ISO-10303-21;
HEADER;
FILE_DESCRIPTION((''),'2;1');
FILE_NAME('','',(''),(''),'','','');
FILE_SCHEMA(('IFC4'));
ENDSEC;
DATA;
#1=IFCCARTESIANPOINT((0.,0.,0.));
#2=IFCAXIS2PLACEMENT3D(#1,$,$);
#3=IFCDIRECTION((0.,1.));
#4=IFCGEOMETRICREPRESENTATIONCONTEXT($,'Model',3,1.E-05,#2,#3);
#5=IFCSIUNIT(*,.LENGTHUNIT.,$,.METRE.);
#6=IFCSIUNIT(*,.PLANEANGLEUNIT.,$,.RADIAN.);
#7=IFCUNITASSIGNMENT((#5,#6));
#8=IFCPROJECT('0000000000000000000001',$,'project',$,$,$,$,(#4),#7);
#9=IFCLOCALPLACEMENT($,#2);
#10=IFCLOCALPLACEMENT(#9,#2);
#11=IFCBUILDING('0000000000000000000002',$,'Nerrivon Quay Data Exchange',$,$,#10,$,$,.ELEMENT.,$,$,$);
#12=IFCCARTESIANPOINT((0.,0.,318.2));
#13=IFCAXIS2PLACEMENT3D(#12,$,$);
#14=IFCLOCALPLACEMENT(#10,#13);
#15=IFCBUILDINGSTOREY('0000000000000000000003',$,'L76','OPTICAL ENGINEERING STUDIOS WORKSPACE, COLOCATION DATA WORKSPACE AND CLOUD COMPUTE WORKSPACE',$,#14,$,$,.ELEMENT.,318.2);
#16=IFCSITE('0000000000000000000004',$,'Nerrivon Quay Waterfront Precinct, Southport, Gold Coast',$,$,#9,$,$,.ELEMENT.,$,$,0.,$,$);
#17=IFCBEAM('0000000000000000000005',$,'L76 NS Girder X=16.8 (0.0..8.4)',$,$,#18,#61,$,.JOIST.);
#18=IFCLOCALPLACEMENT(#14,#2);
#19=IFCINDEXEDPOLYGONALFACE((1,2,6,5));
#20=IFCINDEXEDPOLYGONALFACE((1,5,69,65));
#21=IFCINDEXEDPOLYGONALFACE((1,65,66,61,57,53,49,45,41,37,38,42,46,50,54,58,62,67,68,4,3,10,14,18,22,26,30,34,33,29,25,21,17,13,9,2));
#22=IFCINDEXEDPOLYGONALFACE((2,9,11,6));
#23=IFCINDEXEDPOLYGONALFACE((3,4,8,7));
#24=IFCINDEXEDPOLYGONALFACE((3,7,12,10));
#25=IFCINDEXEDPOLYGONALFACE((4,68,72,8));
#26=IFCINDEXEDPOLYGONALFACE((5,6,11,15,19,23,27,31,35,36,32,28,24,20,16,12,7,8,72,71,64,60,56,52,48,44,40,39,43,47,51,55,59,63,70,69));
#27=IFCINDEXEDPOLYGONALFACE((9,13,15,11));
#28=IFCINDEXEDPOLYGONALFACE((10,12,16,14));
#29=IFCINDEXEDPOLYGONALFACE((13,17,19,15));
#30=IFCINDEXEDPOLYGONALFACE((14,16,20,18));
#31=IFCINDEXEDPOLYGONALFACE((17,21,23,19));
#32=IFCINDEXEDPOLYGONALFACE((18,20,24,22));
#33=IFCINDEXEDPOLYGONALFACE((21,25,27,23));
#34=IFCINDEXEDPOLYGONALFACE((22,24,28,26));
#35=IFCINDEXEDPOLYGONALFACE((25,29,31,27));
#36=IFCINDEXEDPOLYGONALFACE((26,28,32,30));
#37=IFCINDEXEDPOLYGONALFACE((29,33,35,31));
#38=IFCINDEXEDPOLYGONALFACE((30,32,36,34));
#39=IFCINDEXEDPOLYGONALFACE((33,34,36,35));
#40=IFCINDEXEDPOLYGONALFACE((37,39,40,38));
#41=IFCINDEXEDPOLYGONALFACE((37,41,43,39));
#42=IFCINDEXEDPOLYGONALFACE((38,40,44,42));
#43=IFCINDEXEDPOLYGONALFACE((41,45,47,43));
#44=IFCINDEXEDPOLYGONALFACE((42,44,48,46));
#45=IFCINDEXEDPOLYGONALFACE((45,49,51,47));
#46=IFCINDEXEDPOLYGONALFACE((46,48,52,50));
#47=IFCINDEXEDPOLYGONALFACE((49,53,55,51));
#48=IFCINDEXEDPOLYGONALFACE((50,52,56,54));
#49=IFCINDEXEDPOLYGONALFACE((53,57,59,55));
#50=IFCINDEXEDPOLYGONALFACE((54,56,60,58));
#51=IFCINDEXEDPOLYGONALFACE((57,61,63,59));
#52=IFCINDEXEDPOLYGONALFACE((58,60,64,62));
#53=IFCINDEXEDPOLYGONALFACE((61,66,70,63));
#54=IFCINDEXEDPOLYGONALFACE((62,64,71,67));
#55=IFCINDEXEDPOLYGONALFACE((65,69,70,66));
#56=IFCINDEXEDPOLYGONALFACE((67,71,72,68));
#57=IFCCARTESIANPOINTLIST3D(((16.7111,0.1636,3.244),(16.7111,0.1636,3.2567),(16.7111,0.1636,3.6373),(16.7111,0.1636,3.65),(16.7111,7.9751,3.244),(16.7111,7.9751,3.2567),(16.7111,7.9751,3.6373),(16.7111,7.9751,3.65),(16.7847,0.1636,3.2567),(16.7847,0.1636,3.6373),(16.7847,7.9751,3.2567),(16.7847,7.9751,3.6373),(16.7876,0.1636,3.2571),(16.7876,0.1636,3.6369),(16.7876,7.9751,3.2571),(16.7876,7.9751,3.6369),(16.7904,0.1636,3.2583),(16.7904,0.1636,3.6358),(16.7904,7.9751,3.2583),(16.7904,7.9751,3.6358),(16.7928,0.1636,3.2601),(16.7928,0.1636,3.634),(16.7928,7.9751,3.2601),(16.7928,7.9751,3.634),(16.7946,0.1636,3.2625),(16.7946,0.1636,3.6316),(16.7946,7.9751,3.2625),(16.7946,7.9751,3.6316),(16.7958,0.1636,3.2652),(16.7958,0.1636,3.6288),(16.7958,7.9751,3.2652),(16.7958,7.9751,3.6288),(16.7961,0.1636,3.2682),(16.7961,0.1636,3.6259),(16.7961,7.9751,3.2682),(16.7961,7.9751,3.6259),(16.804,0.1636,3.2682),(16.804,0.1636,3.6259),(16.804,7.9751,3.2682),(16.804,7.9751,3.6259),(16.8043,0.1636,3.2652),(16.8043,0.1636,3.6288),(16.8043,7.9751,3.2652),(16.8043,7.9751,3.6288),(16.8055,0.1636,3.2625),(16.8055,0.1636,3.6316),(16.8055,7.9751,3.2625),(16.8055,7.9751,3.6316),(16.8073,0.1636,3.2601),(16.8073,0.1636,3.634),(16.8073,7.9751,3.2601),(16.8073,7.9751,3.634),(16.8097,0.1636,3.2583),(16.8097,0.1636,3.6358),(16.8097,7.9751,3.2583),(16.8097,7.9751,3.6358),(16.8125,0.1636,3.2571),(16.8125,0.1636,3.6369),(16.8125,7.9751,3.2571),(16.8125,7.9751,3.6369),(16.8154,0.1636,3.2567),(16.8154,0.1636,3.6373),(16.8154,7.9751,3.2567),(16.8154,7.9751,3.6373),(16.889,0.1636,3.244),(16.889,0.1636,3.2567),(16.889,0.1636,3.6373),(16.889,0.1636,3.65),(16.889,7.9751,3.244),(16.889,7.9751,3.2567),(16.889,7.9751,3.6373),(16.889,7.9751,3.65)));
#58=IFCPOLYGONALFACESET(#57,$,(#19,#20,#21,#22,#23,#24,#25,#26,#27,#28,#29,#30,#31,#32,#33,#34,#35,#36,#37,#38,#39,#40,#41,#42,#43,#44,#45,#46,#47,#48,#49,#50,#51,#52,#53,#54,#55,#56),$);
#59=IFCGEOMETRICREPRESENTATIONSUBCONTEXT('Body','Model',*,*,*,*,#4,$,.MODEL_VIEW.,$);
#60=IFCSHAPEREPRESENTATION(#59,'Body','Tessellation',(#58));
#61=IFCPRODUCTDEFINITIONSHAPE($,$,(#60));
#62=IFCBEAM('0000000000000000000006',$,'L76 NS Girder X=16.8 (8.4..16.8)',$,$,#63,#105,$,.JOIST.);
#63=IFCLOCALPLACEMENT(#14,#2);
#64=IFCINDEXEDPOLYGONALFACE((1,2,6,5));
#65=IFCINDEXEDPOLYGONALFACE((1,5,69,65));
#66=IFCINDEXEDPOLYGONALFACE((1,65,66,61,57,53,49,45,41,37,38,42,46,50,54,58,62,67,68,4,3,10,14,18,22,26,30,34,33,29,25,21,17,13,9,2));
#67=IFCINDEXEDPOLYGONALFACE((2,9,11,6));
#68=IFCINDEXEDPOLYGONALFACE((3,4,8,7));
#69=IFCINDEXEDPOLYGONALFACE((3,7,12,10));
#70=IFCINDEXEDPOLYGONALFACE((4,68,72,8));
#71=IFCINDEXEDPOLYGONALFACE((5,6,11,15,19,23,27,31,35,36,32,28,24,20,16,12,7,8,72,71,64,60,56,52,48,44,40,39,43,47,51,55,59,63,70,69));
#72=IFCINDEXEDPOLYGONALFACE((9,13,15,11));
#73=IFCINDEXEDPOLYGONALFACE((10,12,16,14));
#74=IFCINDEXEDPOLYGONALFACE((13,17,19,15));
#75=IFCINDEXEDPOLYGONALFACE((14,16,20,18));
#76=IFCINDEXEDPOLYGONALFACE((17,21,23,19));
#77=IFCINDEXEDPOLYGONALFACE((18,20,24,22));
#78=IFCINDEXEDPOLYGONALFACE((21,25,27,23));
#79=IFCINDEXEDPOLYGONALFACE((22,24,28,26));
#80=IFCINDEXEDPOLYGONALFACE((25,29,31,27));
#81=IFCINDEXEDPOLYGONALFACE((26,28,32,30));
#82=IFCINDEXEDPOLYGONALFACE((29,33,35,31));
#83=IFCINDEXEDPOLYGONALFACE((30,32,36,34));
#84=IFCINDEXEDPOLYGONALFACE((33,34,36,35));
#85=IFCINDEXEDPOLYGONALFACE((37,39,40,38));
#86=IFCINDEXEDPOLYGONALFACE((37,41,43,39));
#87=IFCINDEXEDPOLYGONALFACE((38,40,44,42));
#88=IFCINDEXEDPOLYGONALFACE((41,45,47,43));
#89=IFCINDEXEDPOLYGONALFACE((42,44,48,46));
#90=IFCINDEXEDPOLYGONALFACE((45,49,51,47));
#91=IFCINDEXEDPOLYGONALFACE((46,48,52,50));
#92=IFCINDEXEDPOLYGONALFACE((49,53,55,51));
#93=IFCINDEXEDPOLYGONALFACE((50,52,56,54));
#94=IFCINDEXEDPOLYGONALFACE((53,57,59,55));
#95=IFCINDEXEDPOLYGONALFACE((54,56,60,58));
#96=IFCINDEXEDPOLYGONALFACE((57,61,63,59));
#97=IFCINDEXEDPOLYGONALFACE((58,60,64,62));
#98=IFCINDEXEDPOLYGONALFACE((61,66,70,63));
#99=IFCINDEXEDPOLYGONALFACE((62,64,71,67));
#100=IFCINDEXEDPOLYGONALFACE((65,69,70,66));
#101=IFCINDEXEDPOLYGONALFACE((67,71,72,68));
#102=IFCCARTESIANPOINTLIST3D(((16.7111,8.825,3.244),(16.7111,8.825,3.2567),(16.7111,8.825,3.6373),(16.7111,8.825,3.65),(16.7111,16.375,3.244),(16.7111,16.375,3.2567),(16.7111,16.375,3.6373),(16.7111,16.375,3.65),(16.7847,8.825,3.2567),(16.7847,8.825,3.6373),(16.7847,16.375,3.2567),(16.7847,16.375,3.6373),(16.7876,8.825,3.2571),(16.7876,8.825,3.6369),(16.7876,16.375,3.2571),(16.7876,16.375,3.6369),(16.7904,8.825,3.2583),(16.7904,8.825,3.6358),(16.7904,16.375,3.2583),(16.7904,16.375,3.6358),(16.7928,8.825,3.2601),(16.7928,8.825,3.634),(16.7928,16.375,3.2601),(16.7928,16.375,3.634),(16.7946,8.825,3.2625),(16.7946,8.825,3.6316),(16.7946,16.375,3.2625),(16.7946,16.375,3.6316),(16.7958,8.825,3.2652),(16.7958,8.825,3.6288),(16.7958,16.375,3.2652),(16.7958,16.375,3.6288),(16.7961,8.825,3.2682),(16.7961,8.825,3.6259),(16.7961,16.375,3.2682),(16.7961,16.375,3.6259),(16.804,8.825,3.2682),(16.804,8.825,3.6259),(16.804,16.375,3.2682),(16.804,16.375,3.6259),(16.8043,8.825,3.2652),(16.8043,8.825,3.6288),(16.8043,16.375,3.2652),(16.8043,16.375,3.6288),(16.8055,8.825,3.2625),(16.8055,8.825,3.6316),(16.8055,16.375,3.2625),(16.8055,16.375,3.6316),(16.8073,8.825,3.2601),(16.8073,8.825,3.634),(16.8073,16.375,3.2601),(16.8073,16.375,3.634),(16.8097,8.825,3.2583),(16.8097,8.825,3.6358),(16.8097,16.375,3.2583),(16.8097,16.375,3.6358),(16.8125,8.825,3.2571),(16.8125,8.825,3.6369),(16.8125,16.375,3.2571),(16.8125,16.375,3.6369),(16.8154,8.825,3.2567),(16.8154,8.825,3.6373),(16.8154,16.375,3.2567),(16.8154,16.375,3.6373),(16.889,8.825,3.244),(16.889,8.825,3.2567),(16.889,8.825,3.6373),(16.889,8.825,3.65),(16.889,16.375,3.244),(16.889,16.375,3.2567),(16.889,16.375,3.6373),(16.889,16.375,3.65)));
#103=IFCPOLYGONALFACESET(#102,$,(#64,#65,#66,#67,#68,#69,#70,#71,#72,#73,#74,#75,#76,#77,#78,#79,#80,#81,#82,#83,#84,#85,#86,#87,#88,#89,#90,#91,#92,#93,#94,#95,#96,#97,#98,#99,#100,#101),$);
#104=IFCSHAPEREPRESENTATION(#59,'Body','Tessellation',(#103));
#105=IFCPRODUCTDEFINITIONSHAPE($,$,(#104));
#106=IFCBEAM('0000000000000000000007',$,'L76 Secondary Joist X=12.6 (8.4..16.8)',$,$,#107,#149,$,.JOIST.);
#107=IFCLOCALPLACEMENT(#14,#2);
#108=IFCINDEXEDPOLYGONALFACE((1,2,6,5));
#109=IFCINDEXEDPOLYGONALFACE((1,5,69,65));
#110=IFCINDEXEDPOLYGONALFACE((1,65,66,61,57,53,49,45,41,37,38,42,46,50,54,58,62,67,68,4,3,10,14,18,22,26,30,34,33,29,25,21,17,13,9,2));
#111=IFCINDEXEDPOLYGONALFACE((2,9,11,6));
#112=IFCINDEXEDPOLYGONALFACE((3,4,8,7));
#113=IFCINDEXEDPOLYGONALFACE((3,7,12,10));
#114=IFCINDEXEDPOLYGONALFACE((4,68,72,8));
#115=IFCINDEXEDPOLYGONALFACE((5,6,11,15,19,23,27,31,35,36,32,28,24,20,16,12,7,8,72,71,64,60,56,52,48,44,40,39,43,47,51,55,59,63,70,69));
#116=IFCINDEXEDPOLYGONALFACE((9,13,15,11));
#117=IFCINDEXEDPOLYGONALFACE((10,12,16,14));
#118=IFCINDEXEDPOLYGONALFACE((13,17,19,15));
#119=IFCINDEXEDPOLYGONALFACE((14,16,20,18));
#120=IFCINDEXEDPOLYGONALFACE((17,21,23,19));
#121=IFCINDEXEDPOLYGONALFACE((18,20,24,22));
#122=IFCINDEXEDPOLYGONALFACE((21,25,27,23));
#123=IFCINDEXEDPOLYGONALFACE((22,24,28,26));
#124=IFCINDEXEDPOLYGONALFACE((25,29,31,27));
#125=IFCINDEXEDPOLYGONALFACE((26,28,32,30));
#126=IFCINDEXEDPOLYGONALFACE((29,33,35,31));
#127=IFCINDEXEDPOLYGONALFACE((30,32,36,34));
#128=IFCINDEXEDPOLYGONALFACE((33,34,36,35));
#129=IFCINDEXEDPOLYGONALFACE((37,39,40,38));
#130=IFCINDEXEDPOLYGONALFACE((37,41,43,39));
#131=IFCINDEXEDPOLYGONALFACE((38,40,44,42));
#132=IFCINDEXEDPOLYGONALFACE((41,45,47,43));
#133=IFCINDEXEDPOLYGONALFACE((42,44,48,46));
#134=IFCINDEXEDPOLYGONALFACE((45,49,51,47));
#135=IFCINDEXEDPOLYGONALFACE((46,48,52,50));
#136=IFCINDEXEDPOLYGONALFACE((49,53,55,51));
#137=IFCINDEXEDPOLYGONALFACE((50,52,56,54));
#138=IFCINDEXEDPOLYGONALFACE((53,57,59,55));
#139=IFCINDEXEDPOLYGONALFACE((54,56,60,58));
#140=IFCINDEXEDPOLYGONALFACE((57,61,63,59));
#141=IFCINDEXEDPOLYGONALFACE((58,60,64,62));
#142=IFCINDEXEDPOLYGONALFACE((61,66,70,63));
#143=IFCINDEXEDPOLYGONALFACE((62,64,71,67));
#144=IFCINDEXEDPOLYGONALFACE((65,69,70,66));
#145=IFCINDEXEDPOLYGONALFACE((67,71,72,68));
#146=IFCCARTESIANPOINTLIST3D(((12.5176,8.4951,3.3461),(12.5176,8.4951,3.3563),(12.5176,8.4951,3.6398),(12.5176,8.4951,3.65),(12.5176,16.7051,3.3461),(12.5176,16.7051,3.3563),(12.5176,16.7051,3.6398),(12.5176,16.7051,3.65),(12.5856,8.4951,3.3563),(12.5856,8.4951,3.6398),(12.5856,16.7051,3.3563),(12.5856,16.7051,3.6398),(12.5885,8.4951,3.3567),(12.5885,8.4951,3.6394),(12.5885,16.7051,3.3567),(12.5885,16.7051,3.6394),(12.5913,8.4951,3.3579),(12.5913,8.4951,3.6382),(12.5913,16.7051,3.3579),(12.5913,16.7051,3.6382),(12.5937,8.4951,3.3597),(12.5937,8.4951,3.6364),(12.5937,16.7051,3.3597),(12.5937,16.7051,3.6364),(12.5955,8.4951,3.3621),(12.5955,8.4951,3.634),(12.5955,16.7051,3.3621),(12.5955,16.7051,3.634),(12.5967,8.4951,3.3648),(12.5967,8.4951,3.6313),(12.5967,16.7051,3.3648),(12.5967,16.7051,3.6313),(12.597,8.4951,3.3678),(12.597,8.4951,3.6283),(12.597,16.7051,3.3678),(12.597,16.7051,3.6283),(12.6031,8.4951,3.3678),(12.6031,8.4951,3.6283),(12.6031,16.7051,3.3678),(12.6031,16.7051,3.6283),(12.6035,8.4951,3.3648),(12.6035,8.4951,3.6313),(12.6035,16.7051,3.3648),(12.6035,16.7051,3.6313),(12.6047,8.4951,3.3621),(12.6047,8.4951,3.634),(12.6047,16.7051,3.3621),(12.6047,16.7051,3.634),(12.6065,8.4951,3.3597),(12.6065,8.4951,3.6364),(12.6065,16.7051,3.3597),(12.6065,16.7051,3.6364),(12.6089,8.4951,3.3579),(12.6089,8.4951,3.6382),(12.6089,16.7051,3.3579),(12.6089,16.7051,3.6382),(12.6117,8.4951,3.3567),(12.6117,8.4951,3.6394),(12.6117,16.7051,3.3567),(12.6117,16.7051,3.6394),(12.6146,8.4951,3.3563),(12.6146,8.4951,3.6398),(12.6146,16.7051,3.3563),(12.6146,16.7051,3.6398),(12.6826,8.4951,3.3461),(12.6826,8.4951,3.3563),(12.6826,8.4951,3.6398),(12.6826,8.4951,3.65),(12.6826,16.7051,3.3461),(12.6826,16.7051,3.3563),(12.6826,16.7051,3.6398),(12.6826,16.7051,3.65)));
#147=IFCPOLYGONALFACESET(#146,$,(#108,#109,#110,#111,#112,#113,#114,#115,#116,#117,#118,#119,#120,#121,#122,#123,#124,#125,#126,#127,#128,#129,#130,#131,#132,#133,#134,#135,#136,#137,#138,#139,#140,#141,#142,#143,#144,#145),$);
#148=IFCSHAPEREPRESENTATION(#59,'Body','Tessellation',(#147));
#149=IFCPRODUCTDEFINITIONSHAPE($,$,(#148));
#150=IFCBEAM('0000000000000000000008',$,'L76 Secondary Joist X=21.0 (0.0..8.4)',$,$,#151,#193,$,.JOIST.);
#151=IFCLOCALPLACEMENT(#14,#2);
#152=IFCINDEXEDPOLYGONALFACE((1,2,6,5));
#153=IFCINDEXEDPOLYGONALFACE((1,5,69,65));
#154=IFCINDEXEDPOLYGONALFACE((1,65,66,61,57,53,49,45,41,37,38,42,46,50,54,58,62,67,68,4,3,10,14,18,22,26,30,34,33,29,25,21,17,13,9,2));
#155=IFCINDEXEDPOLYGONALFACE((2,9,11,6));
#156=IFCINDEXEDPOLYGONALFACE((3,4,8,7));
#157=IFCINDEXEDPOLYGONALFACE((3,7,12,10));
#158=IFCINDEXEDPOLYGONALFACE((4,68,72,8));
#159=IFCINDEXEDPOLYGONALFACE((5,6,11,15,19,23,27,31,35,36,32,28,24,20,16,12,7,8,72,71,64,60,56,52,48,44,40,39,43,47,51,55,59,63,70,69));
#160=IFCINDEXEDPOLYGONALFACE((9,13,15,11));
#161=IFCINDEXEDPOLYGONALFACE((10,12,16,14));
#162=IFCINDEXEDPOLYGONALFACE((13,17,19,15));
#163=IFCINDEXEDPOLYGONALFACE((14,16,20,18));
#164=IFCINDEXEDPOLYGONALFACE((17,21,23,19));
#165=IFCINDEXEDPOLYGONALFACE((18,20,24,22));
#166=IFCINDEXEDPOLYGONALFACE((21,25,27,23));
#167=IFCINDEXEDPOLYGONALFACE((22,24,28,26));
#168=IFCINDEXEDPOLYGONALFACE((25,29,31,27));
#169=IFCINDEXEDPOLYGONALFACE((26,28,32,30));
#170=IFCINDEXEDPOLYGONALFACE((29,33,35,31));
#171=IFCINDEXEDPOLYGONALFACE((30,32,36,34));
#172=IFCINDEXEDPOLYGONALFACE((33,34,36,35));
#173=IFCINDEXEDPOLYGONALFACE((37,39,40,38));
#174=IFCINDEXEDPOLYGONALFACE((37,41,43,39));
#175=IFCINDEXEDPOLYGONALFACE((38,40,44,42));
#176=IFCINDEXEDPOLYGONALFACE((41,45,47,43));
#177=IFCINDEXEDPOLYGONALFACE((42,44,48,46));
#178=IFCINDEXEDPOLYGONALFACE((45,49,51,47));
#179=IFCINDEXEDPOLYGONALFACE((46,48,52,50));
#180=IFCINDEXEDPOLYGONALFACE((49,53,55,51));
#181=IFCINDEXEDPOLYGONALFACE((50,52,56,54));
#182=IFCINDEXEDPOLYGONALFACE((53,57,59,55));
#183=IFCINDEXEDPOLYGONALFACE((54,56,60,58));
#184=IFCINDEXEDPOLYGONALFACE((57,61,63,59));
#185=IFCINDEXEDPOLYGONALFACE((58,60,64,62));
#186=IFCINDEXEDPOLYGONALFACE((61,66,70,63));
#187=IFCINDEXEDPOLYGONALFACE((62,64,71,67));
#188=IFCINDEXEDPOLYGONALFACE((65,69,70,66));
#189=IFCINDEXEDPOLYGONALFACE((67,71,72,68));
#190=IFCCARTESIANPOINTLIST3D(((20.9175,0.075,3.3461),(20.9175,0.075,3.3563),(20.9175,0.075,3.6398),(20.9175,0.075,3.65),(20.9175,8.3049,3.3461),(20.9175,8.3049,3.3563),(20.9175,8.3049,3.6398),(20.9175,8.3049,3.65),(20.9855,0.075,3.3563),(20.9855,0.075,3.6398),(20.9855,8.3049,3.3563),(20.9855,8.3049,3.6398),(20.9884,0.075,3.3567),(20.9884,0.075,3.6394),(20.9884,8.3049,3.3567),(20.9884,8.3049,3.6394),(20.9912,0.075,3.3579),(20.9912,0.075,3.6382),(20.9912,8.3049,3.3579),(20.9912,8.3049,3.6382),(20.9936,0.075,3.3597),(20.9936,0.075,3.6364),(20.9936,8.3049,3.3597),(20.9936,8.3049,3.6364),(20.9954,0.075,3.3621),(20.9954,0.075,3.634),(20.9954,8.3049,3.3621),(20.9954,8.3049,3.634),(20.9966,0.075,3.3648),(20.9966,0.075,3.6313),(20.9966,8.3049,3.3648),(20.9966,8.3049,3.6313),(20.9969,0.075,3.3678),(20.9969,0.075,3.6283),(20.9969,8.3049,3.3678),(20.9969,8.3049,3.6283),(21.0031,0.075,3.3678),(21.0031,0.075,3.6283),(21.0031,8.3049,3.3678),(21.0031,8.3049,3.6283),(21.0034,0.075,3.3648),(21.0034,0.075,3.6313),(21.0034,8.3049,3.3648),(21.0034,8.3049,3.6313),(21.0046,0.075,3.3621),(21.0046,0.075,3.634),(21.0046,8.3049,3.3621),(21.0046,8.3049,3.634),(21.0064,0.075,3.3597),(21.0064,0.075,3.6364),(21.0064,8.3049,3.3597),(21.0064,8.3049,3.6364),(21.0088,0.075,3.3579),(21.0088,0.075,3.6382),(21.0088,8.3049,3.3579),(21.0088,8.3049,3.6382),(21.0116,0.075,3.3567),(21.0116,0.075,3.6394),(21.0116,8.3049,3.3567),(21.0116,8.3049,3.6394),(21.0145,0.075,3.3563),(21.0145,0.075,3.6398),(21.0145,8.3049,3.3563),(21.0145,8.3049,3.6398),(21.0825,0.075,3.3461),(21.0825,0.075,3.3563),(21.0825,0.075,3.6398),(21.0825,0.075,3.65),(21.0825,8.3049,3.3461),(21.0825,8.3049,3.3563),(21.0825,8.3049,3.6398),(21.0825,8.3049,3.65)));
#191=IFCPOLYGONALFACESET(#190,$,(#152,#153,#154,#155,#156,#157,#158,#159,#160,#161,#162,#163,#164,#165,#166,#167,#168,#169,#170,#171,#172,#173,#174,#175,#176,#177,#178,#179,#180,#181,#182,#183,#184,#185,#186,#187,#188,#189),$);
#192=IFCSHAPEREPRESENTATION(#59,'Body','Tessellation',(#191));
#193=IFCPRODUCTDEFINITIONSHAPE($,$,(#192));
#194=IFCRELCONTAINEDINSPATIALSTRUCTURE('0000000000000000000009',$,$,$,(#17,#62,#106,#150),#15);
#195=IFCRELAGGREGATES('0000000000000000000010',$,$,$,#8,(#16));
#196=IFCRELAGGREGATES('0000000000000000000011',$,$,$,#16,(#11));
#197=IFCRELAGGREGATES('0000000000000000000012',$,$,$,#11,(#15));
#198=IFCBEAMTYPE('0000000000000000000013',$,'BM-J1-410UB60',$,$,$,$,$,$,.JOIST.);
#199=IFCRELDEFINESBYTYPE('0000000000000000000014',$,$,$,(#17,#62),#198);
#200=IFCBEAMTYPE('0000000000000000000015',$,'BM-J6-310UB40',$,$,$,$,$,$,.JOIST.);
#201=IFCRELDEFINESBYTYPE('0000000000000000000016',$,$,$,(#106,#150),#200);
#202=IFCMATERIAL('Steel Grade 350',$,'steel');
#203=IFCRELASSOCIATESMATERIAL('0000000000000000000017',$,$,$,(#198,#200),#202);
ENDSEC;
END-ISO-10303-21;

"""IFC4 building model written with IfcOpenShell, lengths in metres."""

from ifc_helpers import new_model, si_unit, direction, frame, origin, origin_2d, place, context, subcontext, project, spatial, i_section, extrude, material, material_profile, profile_set, type_object, element, save


model = new_model("IFC4")

# Units and contexts
model_context = context("Model", 3, precision=1e-05, world=origin(), true_north=direction((0.0, 1.0)))
body_context = subcontext(model_context, "Body", "Model", "MODEL_VIEW")
ifc_project = project(units=[si_unit("LENGTHUNIT", "METRE"), si_unit("PLANEANGLEUNIT", "RADIAN")], contexts=[model_context])

# Site, building, storey
site_placement = place(None, origin())
site = spatial("IfcSite", under=ifc_project, at=site_placement, Name="Nerrivon Quay Waterfront Precinct, Southport, Gold Coast", CompositionType="ELEMENT", RefElevation=0.0)
building_placement = place(site_placement, origin())
building = spatial("IfcBuilding", under=site, at=building_placement, Name="Nerrivon Quay Data Exchange", CompositionType="ELEMENT")
storey_placement = place(building_placement, frame((0.0, 0.0, 318.2)))
storey = spatial("IfcBuildingStorey", under=building, at=storey_placement, Name="L76", Description="OPTICAL ENGINEERING STUDIOS WORKSPACE, COLOCATION DATA WORKSPACE AND CLOUD COMPUTE WORKSPACE", CompositionType="ELEMENT", Elevation=318.2)

# Shared definitions
ifc_material_1 = material(Name="Steel Grade 350", Category="steel")

# Beams
ifc_material_profile_1 = material_profile(ifc_material_1, i_section(OverallWidth=0.178, OverallDepth=0.406, WebThickness=0.0078, FlangeThickness=0.0127, FilletRadius=0.0115, at=origin_2d()), Name="410UB59.7")
ifc_profile_set_1 = profile_set([ifc_material_profile_1], Name="Steel Grade 350")
beam_type_1 = type_object("IfcBeamType", Name="BM-J1-410UB60", PredefinedType="JOIST", material=ifc_profile_set_1)
beam_1_placement = place(storey_placement, frame((16.8, 0.1636, 3.447), z_axis=(0.0, 1.0, 0.0), x_axis=(-1.0, 0.0, 0.0)))
element("IfcBeam", 1, at=beam_1_placement, inside=storey, type_object=beam_type_1, Name="L76 NS Girder X=16.8 (0.0..8.4)", PredefinedType="JOIST", context=body_context, shape_type="SweptSolid", body=[
    extrude(i_section(OverallWidth=0.178, OverallDepth=0.406, WebThickness=0.0078, FlangeThickness=0.0127, FilletRadius=0.0115, at=origin_2d()), origin(), (0.0, 0.0, 1.0), 7.8115),
])
beam_2_placement = place(storey_placement, frame((16.8, 8.825, 3.447), z_axis=(0.0, 1.0, 0.0), x_axis=(-1.0, 0.0, 0.0)))
element("IfcBeam", 2, at=beam_2_placement, inside=storey, type_object=beam_type_1, Name="L76 NS Girder X=16.8 (8.4..16.8)", PredefinedType="JOIST", context=body_context, shape_type="SweptSolid", body=[
    extrude(i_section(OverallWidth=0.178, OverallDepth=0.406, WebThickness=0.0078, FlangeThickness=0.0127, FilletRadius=0.0115, at=origin_2d()), origin(), (0.0, 0.0, 1.0), 7.55),
])
ifc_material_profile_2 = material_profile(ifc_material_1, i_section(OverallWidth=0.165, OverallDepth=0.304, WebThickness=0.0061, FlangeThickness=0.0103, FilletRadius=0.0115, at=origin_2d()), Name="310UB40.4")
ifc_profile_set_2 = profile_set([ifc_material_profile_2], Name="Steel Grade 350")
beam_type_2 = type_object("IfcBeamType", Name="BM-J6-310UB40", PredefinedType="JOIST", material=ifc_profile_set_2)
beam_3_placement = place(storey_placement, frame((12.6001, 8.4951, 3.498), z_axis=(0.0, 1.0, 0.0), x_axis=(-1.0, 0.0, 0.0)))
element("IfcBeam", 3, at=beam_3_placement, inside=storey, type_object=beam_type_2, Name="L76 Secondary Joist X=12.6 (8.4..16.8)", PredefinedType="JOIST", context=body_context, shape_type="SweptSolid", body=[
    extrude(i_section(OverallWidth=0.165, OverallDepth=0.304, WebThickness=0.0061, FlangeThickness=0.0103, FilletRadius=0.0115, at=origin_2d()), origin(), (0.0, 0.0, 1.0), 8.21),
])
beam_4_placement = place(storey_placement, frame((21.0, 0.075, 3.498), z_axis=(0.0, 1.0, 0.0), x_axis=(-1.0, 0.0, 0.0)))
element("IfcBeam", 4, at=beam_4_placement, inside=storey, type_object=beam_type_2, Name="L76 Secondary Joist X=21.0 (0.0..8.4)", PredefinedType="JOIST", context=body_context, shape_type="SweptSolid", body=[
    extrude(i_section(OverallWidth=0.165, OverallDepth=0.304, WebThickness=0.0061, FlangeThickness=0.0103, FilletRadius=0.0115, at=origin_2d()), origin(), (0.0, 0.0, 1.0), 8.23),
])

save(model, "model.ifc")
